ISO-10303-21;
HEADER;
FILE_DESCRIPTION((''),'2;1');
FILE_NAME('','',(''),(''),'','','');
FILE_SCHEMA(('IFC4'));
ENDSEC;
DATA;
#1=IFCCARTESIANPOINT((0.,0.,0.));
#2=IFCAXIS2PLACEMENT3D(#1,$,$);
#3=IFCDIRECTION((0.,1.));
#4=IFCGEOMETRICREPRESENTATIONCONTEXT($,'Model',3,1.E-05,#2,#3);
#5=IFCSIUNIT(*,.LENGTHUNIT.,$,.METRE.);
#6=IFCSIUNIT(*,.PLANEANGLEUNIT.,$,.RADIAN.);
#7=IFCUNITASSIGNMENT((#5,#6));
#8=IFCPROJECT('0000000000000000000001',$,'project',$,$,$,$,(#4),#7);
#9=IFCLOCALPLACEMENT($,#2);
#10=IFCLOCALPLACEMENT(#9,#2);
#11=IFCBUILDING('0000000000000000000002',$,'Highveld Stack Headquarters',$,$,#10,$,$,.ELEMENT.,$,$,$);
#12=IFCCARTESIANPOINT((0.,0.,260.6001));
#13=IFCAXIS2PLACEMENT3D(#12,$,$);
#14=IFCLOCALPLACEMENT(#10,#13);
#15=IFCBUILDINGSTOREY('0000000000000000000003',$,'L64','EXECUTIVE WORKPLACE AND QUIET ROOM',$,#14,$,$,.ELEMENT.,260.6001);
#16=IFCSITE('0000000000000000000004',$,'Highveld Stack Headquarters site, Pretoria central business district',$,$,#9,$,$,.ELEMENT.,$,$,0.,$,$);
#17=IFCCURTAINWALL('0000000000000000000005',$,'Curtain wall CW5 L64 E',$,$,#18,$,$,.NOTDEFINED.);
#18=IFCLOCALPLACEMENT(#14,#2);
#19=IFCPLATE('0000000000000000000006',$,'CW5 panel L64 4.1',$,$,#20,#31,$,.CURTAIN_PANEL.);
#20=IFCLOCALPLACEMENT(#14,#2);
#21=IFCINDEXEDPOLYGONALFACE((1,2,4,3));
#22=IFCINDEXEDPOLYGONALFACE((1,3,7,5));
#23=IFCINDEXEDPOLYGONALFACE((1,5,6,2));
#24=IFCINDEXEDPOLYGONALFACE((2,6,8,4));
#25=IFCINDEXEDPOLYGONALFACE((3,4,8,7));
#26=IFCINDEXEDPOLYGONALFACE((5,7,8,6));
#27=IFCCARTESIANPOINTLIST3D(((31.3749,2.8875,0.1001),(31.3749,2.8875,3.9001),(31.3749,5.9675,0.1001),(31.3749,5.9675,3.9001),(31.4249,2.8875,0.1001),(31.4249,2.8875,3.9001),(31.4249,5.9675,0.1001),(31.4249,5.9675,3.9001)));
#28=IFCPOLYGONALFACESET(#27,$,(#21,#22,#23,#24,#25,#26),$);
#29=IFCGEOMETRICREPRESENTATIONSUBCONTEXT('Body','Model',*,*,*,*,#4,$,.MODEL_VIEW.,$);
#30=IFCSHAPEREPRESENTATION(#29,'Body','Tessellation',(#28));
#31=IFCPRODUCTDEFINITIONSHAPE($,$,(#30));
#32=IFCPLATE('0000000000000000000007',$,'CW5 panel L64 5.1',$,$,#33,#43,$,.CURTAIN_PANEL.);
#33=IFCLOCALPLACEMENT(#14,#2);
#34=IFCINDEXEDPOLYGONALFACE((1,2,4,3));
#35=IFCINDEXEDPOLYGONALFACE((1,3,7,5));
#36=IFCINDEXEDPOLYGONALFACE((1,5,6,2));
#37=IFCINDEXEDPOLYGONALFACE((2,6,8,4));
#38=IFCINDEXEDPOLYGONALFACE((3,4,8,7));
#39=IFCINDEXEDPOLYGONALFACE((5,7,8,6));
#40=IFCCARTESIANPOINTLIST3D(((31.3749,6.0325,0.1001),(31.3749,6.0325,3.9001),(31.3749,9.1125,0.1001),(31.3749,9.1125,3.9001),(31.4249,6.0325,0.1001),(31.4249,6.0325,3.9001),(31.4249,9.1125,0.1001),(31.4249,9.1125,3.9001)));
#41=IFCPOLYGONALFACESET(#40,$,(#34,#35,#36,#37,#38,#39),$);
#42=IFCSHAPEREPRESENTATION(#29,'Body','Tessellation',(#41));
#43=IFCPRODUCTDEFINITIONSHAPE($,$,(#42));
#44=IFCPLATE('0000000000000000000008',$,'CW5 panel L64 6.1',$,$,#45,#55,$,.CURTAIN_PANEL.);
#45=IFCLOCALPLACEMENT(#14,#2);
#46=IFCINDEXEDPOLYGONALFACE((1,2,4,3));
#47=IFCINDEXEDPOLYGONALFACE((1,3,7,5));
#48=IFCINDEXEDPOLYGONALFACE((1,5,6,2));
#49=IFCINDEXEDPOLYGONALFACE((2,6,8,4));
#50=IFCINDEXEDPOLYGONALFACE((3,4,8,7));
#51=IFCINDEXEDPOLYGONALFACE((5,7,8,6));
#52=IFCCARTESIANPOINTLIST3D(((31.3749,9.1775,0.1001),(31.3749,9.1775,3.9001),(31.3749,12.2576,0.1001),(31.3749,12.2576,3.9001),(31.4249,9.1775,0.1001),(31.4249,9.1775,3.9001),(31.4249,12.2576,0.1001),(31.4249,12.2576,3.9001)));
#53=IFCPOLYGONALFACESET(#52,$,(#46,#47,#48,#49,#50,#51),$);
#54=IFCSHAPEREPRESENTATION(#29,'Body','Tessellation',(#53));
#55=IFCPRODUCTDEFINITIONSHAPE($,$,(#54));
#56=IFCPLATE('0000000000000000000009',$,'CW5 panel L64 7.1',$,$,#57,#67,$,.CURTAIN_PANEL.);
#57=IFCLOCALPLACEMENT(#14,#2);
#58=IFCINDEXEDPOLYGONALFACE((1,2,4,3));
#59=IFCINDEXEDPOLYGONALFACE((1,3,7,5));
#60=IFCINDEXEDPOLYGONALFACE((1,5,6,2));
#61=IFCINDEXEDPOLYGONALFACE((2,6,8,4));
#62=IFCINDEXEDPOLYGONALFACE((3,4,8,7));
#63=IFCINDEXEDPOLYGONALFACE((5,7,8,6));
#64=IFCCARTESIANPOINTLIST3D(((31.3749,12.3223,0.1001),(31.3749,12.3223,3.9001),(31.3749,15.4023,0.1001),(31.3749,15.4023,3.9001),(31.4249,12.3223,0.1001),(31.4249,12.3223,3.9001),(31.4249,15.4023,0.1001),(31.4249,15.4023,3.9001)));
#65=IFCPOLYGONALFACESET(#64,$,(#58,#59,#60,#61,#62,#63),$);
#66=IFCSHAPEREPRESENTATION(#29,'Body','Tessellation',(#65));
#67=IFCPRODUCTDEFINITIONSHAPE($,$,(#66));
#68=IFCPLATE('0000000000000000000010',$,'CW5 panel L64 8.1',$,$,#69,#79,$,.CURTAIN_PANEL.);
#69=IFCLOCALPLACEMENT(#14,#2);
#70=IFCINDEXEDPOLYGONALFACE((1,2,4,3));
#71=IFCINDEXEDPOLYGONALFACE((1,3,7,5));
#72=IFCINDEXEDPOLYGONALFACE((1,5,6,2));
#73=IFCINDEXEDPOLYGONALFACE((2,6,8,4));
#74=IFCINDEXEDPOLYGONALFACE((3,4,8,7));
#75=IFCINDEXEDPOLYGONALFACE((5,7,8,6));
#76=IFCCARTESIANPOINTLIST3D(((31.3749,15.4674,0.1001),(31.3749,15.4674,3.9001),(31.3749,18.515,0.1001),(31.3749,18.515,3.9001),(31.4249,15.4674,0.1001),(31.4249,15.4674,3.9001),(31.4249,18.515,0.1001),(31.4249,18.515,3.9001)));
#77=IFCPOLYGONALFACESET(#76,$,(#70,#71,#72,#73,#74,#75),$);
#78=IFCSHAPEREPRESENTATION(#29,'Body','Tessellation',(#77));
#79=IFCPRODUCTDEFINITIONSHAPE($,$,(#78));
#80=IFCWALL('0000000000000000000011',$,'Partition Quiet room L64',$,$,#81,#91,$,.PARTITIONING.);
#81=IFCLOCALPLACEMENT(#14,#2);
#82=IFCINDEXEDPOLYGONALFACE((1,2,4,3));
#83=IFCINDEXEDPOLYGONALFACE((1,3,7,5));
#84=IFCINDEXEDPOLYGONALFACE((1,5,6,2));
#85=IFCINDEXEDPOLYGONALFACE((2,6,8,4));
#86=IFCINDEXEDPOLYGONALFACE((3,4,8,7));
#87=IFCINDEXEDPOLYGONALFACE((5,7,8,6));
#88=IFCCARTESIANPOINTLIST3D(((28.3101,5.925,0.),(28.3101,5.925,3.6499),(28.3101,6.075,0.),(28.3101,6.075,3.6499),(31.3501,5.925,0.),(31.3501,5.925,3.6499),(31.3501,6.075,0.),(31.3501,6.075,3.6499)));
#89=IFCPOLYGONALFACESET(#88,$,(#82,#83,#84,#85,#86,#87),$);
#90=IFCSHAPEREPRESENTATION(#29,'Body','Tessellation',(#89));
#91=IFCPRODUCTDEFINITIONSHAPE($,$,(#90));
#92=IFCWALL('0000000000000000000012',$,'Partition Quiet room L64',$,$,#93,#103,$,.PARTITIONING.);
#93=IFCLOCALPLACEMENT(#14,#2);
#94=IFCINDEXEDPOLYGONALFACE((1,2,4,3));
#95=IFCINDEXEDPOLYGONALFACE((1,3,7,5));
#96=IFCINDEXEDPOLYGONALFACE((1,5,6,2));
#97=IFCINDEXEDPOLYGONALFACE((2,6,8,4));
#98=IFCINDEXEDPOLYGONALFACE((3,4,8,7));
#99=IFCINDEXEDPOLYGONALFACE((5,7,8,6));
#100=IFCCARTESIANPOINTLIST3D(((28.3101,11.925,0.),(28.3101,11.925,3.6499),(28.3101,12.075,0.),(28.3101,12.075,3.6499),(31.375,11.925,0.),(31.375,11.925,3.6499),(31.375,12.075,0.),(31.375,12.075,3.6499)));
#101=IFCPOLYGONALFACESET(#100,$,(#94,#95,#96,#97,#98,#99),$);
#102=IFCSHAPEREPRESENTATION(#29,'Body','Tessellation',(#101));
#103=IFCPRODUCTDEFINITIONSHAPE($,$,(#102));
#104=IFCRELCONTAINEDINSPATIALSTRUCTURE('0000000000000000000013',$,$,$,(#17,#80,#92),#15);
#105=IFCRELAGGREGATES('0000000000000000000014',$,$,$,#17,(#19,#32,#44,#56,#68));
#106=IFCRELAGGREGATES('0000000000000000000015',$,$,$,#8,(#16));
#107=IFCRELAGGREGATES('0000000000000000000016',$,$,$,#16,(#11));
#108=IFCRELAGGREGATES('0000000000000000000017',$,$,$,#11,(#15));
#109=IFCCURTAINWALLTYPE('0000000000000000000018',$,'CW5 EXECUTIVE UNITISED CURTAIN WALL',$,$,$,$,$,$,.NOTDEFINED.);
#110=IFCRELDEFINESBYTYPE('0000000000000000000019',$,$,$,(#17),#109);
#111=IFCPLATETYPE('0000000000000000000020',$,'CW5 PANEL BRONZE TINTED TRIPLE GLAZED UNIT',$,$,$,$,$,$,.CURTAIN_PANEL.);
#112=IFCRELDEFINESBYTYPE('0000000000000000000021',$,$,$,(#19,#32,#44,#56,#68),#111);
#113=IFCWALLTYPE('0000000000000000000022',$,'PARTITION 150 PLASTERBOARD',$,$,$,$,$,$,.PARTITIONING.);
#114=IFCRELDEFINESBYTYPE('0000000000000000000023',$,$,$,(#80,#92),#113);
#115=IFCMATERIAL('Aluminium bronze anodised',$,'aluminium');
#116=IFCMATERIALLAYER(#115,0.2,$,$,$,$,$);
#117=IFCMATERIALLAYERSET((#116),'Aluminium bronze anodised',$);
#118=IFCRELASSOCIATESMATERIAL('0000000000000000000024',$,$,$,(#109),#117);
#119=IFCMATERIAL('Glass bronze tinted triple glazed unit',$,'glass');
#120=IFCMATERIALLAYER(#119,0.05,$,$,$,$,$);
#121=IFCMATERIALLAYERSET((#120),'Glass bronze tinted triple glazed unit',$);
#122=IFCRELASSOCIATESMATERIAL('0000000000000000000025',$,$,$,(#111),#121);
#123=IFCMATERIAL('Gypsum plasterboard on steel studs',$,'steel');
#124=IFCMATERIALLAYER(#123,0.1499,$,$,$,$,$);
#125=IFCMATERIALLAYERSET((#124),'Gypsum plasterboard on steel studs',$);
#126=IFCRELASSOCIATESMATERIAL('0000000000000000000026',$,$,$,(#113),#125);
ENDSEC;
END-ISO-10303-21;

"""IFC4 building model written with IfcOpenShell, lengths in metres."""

from ifc_helpers import new_model, si_unit, direction, frame, frame_2d, origin, origin_2d, place, context, subcontext, project, spatial, rectangle, extrude, material, layer, layer_set, type_object, element, aggregate, save


model = new_model("IFC4")

# Units and contexts
model_context = context("Model", 3, precision=1e-05, world=origin(), true_north=direction((0.0, 1.0)))
body_context = subcontext(model_context, "Body", "Model", "MODEL_VIEW")
ifc_project = project(units=[si_unit("LENGTHUNIT", "METRE"), si_unit("PLANEANGLEUNIT", "RADIAN")], contexts=[model_context])

# Site, building, storey
site_placement = place(None, origin())
site = spatial("IfcSite", under=ifc_project, at=site_placement, Name="Highveld Stack Headquarters site, Pretoria central business district", CompositionType="ELEMENT", RefElevation=0.0)
building_placement = place(site_placement, origin())
building = spatial("IfcBuilding", under=site, at=building_placement, Name="Highveld Stack Headquarters", CompositionType="ELEMENT")
storey_placement = place(building_placement, frame((0.0, 0.0, 260.6001)))
storey = spatial("IfcBuildingStorey", under=building, at=storey_placement, Name="L64", Description="EXECUTIVE WORKPLACE AND QUIET ROOM", CompositionType="ELEMENT", Elevation=260.6001)

# Curtain wall
ifc_material_1 = material(Name="Aluminium bronze anodised", Category="aluminium")
ifc_layer_1 = layer(ifc_material_1, 0.2)
ifc_layer_set_1 = layer_set([ifc_layer_1], Name="Aluminium bronze anodised")
curtain_wall_type = type_object("IfcCurtainWallType", Name="CW5 EXECUTIVE UNITISED CURTAIN WALL", PredefinedType="NOTDEFINED", material=ifc_layer_set_1)
curtain_wall_placement = place(storey_placement, origin())
curtain_wall = element("IfcCurtainWall", 1, at=curtain_wall_placement, inside=storey, type_object=curtain_wall_type, Name="Curtain wall CW5 L64 E", PredefinedType="NOTDEFINED")

# Plates
ifc_material_2 = material(Name="Glass bronze tinted triple glazed unit", Category="glass")
ifc_layer_2 = layer(ifc_material_2, 0.05)
ifc_layer_set_2 = layer_set([ifc_layer_2], Name="Glass bronze tinted triple glazed unit")
plate_type = type_object("IfcPlateType", Name="CW5 PANEL BRONZE TINTED TRIPLE GLAZED UNIT", PredefinedType="CURTAIN_PANEL", material=ifc_layer_set_2)
plate_1_placement = place(storey_placement, frame((31.3999, 4.4275, 0.1001), z_axis=(0.0, 0.0, 1.0), x_axis=(0.0, 1.0, 0.0)))
plate_1 = element("IfcPlate", 2, at=plate_1_placement, type_object=plate_type, Name="CW5 panel L64 4.1", PredefinedType="CURTAIN_PANEL", context=body_context, shape_type="SweptSolid", body=[
    extrude(rectangle(XDim=3.0801, YDim=0.05, at=origin_2d()), origin(), (0.0, 0.0, 1.0), 3.8),
])
plate_2_placement = place(storey_placement, frame((31.3999, 7.5725, 0.1001), z_axis=(0.0, 0.0, 1.0), x_axis=(0.0, 1.0, 0.0)))
plate_2 = element("IfcPlate", 3, at=plate_2_placement, type_object=plate_type, Name="CW5 panel L64 5.1", PredefinedType="CURTAIN_PANEL", context=body_context, shape_type="SweptSolid", body=[
    extrude(rectangle(XDim=3.0801, YDim=0.05, at=origin_2d()), origin(), (0.0, 0.0, 1.0), 3.8),
])
plate_3_placement = place(storey_placement, frame((31.3999, 10.7175, 0.1001), z_axis=(0.0, 0.0, 1.0), x_axis=(0.0, 1.0, 0.0)))
plate_3 = element("IfcPlate", 4, at=plate_3_placement, type_object=plate_type, Name="CW5 panel L64 6.1", PredefinedType="CURTAIN_PANEL", context=body_context, shape_type="SweptSolid", body=[
    extrude(rectangle(XDim=3.0801, YDim=0.05, at=origin_2d()), origin(), (0.0, 0.0, 1.0), 3.8),
])
plate_4_placement = place(storey_placement, frame((31.3999, 13.8623, 0.1001), z_axis=(0.0, 0.0, 1.0), x_axis=(0.0, 1.0, 0.0)))
plate_4 = element("IfcPlate", 5, at=plate_4_placement, type_object=plate_type, Name="CW5 panel L64 7.1", PredefinedType="CURTAIN_PANEL", context=body_context, shape_type="SweptSolid", body=[
    extrude(rectangle(XDim=3.0801, YDim=0.05, at=origin_2d()), origin(), (0.0, 0.0, 1.0), 3.8),
])
plate_5_placement = place(storey_placement, frame((31.3999, 16.9912, 0.1001), z_axis=(0.0, 0.0, 1.0), x_axis=(0.0, 1.0, 0.0)))
plate_5 = element("IfcPlate", 6, at=plate_5_placement, type_object=plate_type, Name="CW5 panel L64 8.1", PredefinedType="CURTAIN_PANEL", context=body_context, shape_type="SweptSolid", body=[
    extrude(rectangle(XDim=3.0476, YDim=0.05, at=origin_2d()), origin(), (0.0, 0.0, 1.0), 3.8),
])
aggregate(curtain_wall, [plate_1, plate_2, plate_3, plate_4, plate_5])

# Walls
ifc_material_3 = material(Name="Gypsum plasterboard on steel studs", Category="steel")
ifc_layer_3 = layer(ifc_material_3, 0.1499)
ifc_layer_set_3 = layer_set([ifc_layer_3], Name="Gypsum plasterboard on steel studs")
wall_type = type_object("IfcWallType", Name="PARTITION 150 PLASTERBOARD", PredefinedType="PARTITIONING", material=ifc_layer_set_3)
wall_1_placement = place(storey_placement, frame((28.3101, 6.0, 0.0), z_axis=(0.0, 0.0, 1.0), x_axis=(1.0, 0.0, 0.0)))
element("IfcWall", 7, at=wall_1_placement, inside=storey, type_object=wall_type, Name="Partition Quiet room L64", PredefinedType="PARTITIONING", context=body_context, shape_type="SweptSolid", body=[
    extrude(rectangle(XDim=3.04, YDim=0.1499, at=frame_2d((1.52, 0.0))), origin(), (0.0, 0.0, 1.0), 3.6499),
])
wall_2_placement = place(storey_placement, frame((28.3101, 12.0, 0.0), z_axis=(0.0, 0.0, 1.0), x_axis=(1.0, 0.0, 0.0)))
element("IfcWall", 8, at=wall_2_placement, inside=storey, type_object=wall_type, Name="Partition Quiet room L64", PredefinedType="PARTITIONING", context=body_context, shape_type="SweptSolid", body=[
    extrude(rectangle(XDim=3.0649, YDim=0.1499, at=frame_2d((1.5325, 0.0))), origin(), (0.0, 0.0, 1.0), 3.6499),
])

save(model, "model.ifc")
